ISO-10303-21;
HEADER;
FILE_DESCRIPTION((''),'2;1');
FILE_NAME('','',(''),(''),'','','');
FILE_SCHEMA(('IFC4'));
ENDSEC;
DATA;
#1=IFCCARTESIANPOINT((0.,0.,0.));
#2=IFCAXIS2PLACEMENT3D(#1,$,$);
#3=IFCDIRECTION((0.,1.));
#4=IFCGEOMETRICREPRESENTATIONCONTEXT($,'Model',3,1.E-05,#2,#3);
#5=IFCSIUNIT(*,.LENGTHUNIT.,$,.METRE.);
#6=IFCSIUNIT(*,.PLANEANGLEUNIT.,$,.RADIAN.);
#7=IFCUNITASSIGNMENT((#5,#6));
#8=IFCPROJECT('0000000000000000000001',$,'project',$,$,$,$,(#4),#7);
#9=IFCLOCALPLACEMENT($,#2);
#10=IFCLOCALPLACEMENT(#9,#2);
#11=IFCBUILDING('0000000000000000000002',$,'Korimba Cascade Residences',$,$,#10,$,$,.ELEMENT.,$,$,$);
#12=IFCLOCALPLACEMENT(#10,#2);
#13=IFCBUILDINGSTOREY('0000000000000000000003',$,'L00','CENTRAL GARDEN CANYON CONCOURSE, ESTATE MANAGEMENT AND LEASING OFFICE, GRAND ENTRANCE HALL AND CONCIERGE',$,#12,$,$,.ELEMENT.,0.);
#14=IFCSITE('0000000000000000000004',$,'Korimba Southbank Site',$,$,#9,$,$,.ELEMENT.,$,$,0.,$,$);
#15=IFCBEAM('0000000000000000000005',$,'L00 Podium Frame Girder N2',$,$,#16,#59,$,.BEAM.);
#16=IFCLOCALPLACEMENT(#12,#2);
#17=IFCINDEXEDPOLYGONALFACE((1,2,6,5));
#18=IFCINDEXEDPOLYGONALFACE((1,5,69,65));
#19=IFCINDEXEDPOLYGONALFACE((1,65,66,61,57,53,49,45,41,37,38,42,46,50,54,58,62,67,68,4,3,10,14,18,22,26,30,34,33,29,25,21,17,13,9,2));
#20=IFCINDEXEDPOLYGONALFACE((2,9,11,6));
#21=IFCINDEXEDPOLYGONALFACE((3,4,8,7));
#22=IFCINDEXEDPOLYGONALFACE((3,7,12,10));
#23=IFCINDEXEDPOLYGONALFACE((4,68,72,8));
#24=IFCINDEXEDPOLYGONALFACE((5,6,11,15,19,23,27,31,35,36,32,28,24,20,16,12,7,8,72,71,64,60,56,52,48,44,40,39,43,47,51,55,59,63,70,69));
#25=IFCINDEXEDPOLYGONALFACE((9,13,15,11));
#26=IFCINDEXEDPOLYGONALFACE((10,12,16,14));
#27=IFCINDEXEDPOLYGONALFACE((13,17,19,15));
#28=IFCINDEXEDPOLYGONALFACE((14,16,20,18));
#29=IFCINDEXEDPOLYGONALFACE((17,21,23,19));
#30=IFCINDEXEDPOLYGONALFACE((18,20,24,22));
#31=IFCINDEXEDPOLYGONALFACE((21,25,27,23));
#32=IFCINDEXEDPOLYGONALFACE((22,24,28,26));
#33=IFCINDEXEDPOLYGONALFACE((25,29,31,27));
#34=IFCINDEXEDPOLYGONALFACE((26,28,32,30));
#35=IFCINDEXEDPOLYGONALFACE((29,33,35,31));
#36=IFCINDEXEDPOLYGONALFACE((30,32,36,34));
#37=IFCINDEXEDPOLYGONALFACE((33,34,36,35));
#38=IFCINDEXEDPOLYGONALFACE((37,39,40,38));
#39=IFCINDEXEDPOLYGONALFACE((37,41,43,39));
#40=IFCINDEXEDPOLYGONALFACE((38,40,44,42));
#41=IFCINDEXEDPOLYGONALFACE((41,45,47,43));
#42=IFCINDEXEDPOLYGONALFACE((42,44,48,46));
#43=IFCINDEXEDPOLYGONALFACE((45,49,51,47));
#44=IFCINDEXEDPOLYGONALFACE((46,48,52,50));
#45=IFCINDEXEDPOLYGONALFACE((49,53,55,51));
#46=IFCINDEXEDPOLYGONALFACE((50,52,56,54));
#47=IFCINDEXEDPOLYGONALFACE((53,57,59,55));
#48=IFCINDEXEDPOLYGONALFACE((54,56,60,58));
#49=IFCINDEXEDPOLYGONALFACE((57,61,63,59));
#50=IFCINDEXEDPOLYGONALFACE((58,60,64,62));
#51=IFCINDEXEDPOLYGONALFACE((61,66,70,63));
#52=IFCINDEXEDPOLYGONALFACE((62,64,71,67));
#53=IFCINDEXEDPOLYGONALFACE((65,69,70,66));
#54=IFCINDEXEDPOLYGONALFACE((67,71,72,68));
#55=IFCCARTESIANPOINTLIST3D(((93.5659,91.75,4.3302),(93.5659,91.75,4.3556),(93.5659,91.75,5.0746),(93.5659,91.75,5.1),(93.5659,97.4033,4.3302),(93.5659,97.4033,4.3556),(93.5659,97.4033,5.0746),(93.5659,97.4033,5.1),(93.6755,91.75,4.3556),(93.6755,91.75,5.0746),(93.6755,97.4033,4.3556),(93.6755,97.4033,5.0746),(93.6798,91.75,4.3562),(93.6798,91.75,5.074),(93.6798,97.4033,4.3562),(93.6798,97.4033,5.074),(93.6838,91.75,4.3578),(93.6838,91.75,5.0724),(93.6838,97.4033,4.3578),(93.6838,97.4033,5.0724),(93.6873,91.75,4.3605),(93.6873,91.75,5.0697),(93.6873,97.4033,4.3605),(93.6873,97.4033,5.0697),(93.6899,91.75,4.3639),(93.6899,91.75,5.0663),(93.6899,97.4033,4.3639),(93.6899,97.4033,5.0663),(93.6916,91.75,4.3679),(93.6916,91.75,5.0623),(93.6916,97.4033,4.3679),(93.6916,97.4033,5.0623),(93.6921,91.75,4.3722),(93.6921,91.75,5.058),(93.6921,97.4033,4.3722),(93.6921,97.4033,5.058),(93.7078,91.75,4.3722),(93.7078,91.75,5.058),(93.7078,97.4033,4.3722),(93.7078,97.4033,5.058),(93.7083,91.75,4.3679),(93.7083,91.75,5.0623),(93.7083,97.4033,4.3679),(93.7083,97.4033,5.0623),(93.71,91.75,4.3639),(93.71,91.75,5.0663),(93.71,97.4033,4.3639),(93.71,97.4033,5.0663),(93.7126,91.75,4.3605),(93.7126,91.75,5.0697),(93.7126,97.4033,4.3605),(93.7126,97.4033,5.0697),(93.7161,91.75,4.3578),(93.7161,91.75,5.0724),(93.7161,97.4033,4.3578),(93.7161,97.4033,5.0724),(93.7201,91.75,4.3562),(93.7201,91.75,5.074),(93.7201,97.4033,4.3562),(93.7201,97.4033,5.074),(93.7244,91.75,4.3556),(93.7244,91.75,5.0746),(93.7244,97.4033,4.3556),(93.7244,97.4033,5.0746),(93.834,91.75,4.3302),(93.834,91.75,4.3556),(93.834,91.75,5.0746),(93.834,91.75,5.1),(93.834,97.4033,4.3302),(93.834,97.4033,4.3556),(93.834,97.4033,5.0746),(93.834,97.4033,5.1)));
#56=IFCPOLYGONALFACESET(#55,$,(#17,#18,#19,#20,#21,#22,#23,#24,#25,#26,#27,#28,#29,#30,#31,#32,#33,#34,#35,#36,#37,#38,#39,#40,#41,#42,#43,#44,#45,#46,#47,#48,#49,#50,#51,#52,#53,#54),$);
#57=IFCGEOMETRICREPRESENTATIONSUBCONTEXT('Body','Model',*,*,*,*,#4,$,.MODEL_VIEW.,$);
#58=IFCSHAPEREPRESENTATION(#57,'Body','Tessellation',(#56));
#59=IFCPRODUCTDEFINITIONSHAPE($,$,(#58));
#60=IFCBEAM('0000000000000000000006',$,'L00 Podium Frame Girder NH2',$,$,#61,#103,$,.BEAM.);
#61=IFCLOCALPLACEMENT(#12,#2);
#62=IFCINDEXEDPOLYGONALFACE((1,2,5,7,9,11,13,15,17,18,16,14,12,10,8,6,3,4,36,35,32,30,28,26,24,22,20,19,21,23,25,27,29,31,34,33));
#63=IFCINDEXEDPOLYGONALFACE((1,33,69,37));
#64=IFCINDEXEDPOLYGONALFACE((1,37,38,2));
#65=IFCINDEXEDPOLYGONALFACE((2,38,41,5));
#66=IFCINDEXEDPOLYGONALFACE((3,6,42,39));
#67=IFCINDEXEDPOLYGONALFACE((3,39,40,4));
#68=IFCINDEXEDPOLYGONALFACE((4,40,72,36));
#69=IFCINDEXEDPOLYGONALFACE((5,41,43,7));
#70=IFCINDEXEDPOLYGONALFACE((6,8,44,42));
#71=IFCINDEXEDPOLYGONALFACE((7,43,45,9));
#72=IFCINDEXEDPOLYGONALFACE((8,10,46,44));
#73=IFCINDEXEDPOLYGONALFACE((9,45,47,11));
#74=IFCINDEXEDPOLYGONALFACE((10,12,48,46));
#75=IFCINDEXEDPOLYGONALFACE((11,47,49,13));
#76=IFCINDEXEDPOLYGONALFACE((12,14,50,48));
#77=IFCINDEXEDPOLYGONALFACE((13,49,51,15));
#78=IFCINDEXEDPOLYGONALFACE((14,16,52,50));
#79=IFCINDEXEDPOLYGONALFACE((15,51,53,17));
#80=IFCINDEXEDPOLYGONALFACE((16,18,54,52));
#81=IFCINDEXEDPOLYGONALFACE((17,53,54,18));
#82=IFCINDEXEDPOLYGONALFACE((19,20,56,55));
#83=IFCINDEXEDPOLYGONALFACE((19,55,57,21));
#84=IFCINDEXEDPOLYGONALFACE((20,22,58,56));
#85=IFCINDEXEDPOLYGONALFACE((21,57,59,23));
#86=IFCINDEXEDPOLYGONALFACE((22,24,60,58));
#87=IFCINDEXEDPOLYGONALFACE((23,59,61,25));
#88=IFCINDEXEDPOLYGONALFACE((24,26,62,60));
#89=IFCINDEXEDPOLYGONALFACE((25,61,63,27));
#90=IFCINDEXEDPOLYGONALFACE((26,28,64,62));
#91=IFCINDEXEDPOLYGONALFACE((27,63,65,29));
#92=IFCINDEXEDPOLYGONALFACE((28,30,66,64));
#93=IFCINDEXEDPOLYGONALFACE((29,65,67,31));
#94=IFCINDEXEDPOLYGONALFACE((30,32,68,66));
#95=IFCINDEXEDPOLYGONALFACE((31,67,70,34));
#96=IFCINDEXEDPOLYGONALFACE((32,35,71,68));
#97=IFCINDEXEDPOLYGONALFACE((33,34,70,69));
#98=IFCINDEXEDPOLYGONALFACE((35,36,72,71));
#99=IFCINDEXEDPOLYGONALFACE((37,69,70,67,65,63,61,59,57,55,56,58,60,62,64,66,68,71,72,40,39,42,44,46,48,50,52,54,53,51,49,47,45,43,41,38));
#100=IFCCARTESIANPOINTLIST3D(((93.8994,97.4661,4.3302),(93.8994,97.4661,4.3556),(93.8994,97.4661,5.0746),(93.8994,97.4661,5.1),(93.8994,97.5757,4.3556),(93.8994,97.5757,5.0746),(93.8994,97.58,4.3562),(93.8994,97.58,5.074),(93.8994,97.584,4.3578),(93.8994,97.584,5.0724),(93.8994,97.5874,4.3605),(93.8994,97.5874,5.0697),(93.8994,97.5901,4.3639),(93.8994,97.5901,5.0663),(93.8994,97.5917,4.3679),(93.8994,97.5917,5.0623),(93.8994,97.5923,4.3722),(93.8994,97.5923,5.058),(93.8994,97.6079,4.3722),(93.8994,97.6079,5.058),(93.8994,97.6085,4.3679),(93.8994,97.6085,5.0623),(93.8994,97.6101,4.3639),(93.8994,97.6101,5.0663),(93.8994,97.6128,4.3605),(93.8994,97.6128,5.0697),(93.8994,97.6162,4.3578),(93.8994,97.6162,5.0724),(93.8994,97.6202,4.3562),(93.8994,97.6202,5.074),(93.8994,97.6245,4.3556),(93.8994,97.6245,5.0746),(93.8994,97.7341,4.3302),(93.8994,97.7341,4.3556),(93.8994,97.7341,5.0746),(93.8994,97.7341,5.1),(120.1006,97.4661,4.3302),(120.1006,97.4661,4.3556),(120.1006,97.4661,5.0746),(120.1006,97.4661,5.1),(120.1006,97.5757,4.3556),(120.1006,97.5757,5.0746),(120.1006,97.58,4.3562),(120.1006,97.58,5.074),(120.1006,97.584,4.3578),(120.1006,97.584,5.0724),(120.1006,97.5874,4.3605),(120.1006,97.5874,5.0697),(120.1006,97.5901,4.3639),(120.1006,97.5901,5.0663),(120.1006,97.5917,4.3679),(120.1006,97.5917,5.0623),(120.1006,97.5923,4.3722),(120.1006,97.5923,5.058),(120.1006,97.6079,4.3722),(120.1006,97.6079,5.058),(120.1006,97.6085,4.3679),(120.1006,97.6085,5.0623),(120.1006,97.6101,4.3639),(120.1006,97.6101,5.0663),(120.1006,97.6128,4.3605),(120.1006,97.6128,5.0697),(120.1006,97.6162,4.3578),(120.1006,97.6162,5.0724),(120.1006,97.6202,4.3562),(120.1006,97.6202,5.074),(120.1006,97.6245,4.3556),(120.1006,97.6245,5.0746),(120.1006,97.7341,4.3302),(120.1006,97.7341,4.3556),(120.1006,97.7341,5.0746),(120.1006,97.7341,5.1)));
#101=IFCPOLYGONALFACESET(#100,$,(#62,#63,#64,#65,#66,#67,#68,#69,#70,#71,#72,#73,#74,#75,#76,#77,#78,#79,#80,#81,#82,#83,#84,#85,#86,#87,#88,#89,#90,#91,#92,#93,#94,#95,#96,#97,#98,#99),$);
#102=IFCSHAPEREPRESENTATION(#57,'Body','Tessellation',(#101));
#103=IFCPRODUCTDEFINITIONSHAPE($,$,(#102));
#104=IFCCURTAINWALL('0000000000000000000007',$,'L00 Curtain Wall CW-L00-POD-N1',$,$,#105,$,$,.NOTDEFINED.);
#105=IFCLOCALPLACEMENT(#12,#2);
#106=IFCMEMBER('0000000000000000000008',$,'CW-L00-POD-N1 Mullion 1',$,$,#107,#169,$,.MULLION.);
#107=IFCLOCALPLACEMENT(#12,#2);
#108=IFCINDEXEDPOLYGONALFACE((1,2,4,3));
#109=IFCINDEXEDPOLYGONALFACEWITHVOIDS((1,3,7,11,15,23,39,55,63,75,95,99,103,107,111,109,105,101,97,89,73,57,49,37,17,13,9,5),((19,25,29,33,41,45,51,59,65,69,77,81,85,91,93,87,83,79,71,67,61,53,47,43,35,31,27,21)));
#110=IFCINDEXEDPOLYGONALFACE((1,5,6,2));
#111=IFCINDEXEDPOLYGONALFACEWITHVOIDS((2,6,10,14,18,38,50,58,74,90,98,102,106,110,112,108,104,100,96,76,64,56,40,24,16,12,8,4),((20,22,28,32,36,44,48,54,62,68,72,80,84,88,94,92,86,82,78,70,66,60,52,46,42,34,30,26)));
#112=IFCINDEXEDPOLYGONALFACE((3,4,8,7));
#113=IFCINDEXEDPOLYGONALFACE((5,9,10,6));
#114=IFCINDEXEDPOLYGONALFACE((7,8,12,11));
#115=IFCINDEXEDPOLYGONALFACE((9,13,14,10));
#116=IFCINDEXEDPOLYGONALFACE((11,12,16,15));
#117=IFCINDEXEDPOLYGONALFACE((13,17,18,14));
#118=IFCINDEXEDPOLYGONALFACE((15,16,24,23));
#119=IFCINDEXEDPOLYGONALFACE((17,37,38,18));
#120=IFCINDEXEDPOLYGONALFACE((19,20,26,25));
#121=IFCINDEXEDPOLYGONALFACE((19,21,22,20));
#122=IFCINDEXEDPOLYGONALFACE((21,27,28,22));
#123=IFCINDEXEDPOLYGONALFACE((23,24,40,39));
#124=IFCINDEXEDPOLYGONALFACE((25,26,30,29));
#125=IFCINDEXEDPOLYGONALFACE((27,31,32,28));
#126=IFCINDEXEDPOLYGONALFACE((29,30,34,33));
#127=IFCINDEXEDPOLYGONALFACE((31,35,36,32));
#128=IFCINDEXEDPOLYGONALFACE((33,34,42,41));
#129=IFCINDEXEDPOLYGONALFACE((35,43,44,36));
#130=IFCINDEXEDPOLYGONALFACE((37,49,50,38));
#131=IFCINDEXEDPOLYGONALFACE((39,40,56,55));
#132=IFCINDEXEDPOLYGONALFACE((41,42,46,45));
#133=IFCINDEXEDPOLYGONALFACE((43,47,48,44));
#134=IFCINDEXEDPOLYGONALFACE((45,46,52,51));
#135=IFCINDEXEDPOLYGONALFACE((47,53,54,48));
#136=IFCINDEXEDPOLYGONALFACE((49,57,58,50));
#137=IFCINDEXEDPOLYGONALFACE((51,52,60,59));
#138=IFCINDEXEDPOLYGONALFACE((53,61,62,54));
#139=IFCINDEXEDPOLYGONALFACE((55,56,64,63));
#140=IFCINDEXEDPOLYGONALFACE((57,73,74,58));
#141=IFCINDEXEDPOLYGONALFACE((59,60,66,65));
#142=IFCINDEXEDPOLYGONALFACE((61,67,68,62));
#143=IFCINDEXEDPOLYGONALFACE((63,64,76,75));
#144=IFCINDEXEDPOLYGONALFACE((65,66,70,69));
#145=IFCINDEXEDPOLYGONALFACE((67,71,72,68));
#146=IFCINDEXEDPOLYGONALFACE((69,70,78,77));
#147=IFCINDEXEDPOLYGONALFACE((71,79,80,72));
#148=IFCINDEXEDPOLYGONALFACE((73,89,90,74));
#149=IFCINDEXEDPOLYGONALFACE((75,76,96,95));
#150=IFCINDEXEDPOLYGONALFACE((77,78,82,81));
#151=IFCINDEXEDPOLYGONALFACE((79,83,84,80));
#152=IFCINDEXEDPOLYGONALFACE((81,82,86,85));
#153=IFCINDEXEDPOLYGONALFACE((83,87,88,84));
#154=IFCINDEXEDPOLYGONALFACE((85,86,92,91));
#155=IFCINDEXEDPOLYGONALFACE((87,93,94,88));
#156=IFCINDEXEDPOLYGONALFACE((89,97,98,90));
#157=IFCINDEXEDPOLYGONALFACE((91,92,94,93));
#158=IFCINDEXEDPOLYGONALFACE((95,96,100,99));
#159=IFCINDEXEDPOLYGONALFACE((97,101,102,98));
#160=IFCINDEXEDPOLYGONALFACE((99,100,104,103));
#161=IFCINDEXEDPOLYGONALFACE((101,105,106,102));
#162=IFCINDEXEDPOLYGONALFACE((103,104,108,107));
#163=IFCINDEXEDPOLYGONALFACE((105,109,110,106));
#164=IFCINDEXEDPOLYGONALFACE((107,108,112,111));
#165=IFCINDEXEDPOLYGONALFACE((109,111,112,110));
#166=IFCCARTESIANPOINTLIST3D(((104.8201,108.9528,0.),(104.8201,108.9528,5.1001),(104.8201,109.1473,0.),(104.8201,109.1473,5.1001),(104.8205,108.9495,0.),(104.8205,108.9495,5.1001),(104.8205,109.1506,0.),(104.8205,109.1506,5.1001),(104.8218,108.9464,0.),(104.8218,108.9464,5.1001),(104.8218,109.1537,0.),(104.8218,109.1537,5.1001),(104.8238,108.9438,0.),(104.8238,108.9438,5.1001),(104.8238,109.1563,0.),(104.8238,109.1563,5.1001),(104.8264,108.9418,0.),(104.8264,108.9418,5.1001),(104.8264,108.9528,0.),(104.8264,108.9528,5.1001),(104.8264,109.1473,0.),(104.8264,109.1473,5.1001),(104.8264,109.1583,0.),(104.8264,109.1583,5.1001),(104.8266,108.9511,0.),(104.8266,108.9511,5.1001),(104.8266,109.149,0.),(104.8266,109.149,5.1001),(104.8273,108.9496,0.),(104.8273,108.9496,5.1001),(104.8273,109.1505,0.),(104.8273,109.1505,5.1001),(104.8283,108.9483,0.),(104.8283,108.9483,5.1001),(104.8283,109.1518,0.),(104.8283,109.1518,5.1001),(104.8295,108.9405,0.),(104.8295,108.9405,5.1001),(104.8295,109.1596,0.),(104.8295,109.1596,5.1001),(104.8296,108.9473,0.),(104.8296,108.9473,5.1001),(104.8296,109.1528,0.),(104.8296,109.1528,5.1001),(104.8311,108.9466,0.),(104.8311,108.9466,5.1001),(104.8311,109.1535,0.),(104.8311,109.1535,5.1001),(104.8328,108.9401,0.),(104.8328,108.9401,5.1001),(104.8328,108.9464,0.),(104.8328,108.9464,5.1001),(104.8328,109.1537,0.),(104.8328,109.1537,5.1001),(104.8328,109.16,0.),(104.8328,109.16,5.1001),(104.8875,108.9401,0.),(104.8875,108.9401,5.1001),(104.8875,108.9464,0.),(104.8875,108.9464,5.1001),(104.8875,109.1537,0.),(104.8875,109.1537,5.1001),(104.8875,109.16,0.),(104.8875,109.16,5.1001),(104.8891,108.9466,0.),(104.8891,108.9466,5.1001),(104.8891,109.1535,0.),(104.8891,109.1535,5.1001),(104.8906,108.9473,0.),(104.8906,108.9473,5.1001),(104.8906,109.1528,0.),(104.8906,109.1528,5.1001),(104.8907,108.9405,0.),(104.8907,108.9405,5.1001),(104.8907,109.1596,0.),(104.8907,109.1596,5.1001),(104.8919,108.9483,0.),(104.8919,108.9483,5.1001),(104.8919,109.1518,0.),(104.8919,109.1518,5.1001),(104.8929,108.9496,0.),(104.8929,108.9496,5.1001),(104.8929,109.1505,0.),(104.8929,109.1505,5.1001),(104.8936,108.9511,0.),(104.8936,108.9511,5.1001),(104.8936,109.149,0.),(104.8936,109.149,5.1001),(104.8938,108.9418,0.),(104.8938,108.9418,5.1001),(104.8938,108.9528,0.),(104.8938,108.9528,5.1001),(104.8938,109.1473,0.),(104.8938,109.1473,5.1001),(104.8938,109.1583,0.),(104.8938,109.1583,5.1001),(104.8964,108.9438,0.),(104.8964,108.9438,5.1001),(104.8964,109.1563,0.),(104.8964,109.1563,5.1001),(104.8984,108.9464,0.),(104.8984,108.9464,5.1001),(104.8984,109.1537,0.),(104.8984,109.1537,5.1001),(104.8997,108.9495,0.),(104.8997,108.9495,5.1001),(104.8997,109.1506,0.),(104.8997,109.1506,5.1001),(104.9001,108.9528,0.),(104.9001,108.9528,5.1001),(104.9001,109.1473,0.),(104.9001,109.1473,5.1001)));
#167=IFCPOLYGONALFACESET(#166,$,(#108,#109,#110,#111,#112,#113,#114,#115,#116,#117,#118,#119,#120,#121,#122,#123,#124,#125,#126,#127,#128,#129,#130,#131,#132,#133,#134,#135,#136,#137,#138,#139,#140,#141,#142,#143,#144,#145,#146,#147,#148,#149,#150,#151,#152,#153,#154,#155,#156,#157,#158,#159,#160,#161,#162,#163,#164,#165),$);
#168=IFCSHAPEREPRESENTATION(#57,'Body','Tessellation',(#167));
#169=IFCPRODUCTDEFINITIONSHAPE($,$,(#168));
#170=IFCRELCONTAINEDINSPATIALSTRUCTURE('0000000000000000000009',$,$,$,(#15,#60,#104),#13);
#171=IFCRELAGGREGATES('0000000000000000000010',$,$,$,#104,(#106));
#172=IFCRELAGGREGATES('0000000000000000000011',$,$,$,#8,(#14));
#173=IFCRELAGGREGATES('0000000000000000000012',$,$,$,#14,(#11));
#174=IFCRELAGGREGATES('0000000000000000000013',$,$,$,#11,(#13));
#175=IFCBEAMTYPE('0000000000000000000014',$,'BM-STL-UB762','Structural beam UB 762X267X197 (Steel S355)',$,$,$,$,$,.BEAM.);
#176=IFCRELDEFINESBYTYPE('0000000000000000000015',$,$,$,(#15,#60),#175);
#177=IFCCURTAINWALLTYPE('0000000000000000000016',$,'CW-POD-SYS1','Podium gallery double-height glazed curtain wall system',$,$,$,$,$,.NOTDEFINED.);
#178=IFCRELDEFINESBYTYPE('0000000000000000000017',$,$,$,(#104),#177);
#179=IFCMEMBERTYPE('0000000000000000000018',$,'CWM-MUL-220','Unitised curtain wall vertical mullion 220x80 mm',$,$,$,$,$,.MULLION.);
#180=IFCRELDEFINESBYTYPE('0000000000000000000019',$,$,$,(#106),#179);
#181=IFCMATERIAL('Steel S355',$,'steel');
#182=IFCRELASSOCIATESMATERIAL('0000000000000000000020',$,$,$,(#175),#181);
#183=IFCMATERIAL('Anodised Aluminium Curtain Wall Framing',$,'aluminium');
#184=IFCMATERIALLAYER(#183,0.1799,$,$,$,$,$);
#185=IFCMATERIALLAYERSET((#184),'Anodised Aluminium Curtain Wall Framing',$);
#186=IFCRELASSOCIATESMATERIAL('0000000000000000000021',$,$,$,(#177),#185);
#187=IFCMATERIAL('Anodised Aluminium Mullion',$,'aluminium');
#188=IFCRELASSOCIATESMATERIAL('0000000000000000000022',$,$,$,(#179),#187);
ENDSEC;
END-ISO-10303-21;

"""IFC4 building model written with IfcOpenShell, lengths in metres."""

from ifc_helpers import new_model, si_unit, direction, frame, origin, origin_2d, place, context, subcontext, project, spatial, hollow_rectangle, i_section, extrude, material, layer, layer_set, material_profile, profile_set, type_object, element, aggregate, save


model = new_model("IFC4")

# Units and contexts
model_context = context("Model", 3, precision=1e-05, world=origin(), true_north=direction((0.0, 1.0)))
body_context = subcontext(model_context, "Body", "Model", "MODEL_VIEW")
ifc_project = project(units=[si_unit("LENGTHUNIT", "METRE"), si_unit("PLANEANGLEUNIT", "RADIAN")], contexts=[model_context])

# Site, building, storey
site_placement = place(None, origin())
site = spatial("IfcSite", under=ifc_project, at=site_placement, Name="Korimba Southbank Site", CompositionType="ELEMENT", RefElevation=0.0)
building_placement = place(site_placement, origin())
building = spatial("IfcBuilding", under=site, at=building_placement, Name="Korimba Cascade Residences", CompositionType="ELEMENT")
storey_placement = place(building_placement, origin())
storey = spatial("IfcBuildingStorey", under=building, at=storey_placement, Name="L00", Description="CENTRAL GARDEN CANYON CONCOURSE, ESTATE MANAGEMENT AND LEASING OFFICE, GRAND ENTRANCE HALL AND CONCIERGE", CompositionType="ELEMENT", Elevation=0.0)

# Shared definitions
ifc_material_1 = material(Name="Steel S355", Category="steel")

# Beams
ifc_material_profile_1 = material_profile(ifc_material_1, i_section(OverallWidth=0.2681, OverallDepth=0.7698, WebThickness=0.0156, FlangeThickness=0.0254, FilletRadius=0.0166, at=origin_2d()), Name="Steel S355")
ifc_profile_set_1 = profile_set([ifc_material_profile_1], Name="Steel S355")
beam_type_1 = type_object("IfcBeamType", Name="BM-STL-UB762", Description="Structural beam UB 762X267X197 (Steel S355)", PredefinedType="BEAM", material=ifc_profile_set_1)
beam_1_placement = place(storey_placement, frame((93.7, 91.75, 4.7151), z_axis=(0.0, 1.0, 0.0), x_axis=(-1.0, 0.0, 0.0)))
element("IfcBeam", 1, at=beam_1_placement, inside=storey, type_object=beam_type_1, Name="L00 Podium Frame Girder N2", PredefinedType="BEAM", context=body_context, shape_type="SweptSolid", body=[
    extrude(i_section(OverallWidth=0.2681, OverallDepth=0.7698, WebThickness=0.0156, FlangeThickness=0.0254, FilletRadius=0.0166, at=origin_2d()), origin(), (0.0, 0.0, 1.0), 5.6533),
])
beam_2_placement = place(storey_placement, frame((93.8994, 97.6001, 4.7151), z_axis=(1.0, 0.0, 0.0), x_axis=(0.0, 1.0, 0.0)))
element("IfcBeam", 2, at=beam_2_placement, inside=storey, type_object=beam_type_1, Name="L00 Podium Frame Girder NH2", PredefinedType="BEAM", context=body_context, shape_type="SweptSolid", body=[
    extrude(i_section(OverallWidth=0.2681, OverallDepth=0.7698, WebThickness=0.0156, FlangeThickness=0.0254, FilletRadius=0.0166, at=origin_2d()), origin(), (0.0, 0.0, 1.0), 26.2012),
])

# Curtain wall, member
ifc_material_2 = material(Name="Anodised Aluminium Curtain Wall Framing", Category="aluminium")
ifc_layer_1 = layer(ifc_material_2, 0.1799)
ifc_layer_set_1 = layer_set([ifc_layer_1], Name="Anodised Aluminium Curtain Wall Framing")
curtain_wall_type = type_object("IfcCurtainWallType", Name="CW-POD-SYS1", Description="Podium gallery double-height glazed curtain wall system", PredefinedType="NOTDEFINED", material=ifc_layer_set_1)
curtain_wall_placement = place(storey_placement, origin())
curtain_wall = element("IfcCurtainWall", 3, at=curtain_wall_placement, inside=storey, type_object=curtain_wall_type, Name="L00 Curtain Wall CW-L00-POD-N1", PredefinedType="NOTDEFINED")
ifc_material_3 = material(Name="Anodised Aluminium Mullion", Category="aluminium")
ifc_material_profile_2 = material_profile(ifc_material_3, hollow_rectangle(XDim=0.0801, YDim=0.22, WallThickness=0.0063, InnerFilletRadius=0.0063, OuterFilletRadius=0.0127, at=origin_2d()), Name="Anodised Aluminium Mullion")
ifc_profile_set_2 = profile_set([ifc_material_profile_2], Name="Anodised Aluminium Mullion")
member_type_1 = type_object("IfcMemberType", Name="CWM-MUL-220", Description="Unitised curtain wall vertical mullion 220x80 mm", PredefinedType="MULLION", material=ifc_profile_set_2)
member_1_placement = place(storey_placement, frame((104.8601, 109.05, 0.0), z_axis=(0.0, 0.0, 1.0), x_axis=(-1.0, 0.0, 0.0)))
member_1 = element("IfcMember", 4, at=member_1_placement, type_object=member_type_1, Name="CW-L00-POD-N1 Mullion 1", PredefinedType="MULLION", context=body_context, shape_type="SweptSolid", body=[
    extrude(hollow_rectangle(XDim=0.0801, YDim=0.22, WallThickness=0.0063, InnerFilletRadius=0.0063, OuterFilletRadius=0.0127, at=origin_2d()), origin(), (0.0, 0.0, 1.0), 5.1001),
])
aggregate(curtain_wall, [member_1])

save(model, "model.ifc")
